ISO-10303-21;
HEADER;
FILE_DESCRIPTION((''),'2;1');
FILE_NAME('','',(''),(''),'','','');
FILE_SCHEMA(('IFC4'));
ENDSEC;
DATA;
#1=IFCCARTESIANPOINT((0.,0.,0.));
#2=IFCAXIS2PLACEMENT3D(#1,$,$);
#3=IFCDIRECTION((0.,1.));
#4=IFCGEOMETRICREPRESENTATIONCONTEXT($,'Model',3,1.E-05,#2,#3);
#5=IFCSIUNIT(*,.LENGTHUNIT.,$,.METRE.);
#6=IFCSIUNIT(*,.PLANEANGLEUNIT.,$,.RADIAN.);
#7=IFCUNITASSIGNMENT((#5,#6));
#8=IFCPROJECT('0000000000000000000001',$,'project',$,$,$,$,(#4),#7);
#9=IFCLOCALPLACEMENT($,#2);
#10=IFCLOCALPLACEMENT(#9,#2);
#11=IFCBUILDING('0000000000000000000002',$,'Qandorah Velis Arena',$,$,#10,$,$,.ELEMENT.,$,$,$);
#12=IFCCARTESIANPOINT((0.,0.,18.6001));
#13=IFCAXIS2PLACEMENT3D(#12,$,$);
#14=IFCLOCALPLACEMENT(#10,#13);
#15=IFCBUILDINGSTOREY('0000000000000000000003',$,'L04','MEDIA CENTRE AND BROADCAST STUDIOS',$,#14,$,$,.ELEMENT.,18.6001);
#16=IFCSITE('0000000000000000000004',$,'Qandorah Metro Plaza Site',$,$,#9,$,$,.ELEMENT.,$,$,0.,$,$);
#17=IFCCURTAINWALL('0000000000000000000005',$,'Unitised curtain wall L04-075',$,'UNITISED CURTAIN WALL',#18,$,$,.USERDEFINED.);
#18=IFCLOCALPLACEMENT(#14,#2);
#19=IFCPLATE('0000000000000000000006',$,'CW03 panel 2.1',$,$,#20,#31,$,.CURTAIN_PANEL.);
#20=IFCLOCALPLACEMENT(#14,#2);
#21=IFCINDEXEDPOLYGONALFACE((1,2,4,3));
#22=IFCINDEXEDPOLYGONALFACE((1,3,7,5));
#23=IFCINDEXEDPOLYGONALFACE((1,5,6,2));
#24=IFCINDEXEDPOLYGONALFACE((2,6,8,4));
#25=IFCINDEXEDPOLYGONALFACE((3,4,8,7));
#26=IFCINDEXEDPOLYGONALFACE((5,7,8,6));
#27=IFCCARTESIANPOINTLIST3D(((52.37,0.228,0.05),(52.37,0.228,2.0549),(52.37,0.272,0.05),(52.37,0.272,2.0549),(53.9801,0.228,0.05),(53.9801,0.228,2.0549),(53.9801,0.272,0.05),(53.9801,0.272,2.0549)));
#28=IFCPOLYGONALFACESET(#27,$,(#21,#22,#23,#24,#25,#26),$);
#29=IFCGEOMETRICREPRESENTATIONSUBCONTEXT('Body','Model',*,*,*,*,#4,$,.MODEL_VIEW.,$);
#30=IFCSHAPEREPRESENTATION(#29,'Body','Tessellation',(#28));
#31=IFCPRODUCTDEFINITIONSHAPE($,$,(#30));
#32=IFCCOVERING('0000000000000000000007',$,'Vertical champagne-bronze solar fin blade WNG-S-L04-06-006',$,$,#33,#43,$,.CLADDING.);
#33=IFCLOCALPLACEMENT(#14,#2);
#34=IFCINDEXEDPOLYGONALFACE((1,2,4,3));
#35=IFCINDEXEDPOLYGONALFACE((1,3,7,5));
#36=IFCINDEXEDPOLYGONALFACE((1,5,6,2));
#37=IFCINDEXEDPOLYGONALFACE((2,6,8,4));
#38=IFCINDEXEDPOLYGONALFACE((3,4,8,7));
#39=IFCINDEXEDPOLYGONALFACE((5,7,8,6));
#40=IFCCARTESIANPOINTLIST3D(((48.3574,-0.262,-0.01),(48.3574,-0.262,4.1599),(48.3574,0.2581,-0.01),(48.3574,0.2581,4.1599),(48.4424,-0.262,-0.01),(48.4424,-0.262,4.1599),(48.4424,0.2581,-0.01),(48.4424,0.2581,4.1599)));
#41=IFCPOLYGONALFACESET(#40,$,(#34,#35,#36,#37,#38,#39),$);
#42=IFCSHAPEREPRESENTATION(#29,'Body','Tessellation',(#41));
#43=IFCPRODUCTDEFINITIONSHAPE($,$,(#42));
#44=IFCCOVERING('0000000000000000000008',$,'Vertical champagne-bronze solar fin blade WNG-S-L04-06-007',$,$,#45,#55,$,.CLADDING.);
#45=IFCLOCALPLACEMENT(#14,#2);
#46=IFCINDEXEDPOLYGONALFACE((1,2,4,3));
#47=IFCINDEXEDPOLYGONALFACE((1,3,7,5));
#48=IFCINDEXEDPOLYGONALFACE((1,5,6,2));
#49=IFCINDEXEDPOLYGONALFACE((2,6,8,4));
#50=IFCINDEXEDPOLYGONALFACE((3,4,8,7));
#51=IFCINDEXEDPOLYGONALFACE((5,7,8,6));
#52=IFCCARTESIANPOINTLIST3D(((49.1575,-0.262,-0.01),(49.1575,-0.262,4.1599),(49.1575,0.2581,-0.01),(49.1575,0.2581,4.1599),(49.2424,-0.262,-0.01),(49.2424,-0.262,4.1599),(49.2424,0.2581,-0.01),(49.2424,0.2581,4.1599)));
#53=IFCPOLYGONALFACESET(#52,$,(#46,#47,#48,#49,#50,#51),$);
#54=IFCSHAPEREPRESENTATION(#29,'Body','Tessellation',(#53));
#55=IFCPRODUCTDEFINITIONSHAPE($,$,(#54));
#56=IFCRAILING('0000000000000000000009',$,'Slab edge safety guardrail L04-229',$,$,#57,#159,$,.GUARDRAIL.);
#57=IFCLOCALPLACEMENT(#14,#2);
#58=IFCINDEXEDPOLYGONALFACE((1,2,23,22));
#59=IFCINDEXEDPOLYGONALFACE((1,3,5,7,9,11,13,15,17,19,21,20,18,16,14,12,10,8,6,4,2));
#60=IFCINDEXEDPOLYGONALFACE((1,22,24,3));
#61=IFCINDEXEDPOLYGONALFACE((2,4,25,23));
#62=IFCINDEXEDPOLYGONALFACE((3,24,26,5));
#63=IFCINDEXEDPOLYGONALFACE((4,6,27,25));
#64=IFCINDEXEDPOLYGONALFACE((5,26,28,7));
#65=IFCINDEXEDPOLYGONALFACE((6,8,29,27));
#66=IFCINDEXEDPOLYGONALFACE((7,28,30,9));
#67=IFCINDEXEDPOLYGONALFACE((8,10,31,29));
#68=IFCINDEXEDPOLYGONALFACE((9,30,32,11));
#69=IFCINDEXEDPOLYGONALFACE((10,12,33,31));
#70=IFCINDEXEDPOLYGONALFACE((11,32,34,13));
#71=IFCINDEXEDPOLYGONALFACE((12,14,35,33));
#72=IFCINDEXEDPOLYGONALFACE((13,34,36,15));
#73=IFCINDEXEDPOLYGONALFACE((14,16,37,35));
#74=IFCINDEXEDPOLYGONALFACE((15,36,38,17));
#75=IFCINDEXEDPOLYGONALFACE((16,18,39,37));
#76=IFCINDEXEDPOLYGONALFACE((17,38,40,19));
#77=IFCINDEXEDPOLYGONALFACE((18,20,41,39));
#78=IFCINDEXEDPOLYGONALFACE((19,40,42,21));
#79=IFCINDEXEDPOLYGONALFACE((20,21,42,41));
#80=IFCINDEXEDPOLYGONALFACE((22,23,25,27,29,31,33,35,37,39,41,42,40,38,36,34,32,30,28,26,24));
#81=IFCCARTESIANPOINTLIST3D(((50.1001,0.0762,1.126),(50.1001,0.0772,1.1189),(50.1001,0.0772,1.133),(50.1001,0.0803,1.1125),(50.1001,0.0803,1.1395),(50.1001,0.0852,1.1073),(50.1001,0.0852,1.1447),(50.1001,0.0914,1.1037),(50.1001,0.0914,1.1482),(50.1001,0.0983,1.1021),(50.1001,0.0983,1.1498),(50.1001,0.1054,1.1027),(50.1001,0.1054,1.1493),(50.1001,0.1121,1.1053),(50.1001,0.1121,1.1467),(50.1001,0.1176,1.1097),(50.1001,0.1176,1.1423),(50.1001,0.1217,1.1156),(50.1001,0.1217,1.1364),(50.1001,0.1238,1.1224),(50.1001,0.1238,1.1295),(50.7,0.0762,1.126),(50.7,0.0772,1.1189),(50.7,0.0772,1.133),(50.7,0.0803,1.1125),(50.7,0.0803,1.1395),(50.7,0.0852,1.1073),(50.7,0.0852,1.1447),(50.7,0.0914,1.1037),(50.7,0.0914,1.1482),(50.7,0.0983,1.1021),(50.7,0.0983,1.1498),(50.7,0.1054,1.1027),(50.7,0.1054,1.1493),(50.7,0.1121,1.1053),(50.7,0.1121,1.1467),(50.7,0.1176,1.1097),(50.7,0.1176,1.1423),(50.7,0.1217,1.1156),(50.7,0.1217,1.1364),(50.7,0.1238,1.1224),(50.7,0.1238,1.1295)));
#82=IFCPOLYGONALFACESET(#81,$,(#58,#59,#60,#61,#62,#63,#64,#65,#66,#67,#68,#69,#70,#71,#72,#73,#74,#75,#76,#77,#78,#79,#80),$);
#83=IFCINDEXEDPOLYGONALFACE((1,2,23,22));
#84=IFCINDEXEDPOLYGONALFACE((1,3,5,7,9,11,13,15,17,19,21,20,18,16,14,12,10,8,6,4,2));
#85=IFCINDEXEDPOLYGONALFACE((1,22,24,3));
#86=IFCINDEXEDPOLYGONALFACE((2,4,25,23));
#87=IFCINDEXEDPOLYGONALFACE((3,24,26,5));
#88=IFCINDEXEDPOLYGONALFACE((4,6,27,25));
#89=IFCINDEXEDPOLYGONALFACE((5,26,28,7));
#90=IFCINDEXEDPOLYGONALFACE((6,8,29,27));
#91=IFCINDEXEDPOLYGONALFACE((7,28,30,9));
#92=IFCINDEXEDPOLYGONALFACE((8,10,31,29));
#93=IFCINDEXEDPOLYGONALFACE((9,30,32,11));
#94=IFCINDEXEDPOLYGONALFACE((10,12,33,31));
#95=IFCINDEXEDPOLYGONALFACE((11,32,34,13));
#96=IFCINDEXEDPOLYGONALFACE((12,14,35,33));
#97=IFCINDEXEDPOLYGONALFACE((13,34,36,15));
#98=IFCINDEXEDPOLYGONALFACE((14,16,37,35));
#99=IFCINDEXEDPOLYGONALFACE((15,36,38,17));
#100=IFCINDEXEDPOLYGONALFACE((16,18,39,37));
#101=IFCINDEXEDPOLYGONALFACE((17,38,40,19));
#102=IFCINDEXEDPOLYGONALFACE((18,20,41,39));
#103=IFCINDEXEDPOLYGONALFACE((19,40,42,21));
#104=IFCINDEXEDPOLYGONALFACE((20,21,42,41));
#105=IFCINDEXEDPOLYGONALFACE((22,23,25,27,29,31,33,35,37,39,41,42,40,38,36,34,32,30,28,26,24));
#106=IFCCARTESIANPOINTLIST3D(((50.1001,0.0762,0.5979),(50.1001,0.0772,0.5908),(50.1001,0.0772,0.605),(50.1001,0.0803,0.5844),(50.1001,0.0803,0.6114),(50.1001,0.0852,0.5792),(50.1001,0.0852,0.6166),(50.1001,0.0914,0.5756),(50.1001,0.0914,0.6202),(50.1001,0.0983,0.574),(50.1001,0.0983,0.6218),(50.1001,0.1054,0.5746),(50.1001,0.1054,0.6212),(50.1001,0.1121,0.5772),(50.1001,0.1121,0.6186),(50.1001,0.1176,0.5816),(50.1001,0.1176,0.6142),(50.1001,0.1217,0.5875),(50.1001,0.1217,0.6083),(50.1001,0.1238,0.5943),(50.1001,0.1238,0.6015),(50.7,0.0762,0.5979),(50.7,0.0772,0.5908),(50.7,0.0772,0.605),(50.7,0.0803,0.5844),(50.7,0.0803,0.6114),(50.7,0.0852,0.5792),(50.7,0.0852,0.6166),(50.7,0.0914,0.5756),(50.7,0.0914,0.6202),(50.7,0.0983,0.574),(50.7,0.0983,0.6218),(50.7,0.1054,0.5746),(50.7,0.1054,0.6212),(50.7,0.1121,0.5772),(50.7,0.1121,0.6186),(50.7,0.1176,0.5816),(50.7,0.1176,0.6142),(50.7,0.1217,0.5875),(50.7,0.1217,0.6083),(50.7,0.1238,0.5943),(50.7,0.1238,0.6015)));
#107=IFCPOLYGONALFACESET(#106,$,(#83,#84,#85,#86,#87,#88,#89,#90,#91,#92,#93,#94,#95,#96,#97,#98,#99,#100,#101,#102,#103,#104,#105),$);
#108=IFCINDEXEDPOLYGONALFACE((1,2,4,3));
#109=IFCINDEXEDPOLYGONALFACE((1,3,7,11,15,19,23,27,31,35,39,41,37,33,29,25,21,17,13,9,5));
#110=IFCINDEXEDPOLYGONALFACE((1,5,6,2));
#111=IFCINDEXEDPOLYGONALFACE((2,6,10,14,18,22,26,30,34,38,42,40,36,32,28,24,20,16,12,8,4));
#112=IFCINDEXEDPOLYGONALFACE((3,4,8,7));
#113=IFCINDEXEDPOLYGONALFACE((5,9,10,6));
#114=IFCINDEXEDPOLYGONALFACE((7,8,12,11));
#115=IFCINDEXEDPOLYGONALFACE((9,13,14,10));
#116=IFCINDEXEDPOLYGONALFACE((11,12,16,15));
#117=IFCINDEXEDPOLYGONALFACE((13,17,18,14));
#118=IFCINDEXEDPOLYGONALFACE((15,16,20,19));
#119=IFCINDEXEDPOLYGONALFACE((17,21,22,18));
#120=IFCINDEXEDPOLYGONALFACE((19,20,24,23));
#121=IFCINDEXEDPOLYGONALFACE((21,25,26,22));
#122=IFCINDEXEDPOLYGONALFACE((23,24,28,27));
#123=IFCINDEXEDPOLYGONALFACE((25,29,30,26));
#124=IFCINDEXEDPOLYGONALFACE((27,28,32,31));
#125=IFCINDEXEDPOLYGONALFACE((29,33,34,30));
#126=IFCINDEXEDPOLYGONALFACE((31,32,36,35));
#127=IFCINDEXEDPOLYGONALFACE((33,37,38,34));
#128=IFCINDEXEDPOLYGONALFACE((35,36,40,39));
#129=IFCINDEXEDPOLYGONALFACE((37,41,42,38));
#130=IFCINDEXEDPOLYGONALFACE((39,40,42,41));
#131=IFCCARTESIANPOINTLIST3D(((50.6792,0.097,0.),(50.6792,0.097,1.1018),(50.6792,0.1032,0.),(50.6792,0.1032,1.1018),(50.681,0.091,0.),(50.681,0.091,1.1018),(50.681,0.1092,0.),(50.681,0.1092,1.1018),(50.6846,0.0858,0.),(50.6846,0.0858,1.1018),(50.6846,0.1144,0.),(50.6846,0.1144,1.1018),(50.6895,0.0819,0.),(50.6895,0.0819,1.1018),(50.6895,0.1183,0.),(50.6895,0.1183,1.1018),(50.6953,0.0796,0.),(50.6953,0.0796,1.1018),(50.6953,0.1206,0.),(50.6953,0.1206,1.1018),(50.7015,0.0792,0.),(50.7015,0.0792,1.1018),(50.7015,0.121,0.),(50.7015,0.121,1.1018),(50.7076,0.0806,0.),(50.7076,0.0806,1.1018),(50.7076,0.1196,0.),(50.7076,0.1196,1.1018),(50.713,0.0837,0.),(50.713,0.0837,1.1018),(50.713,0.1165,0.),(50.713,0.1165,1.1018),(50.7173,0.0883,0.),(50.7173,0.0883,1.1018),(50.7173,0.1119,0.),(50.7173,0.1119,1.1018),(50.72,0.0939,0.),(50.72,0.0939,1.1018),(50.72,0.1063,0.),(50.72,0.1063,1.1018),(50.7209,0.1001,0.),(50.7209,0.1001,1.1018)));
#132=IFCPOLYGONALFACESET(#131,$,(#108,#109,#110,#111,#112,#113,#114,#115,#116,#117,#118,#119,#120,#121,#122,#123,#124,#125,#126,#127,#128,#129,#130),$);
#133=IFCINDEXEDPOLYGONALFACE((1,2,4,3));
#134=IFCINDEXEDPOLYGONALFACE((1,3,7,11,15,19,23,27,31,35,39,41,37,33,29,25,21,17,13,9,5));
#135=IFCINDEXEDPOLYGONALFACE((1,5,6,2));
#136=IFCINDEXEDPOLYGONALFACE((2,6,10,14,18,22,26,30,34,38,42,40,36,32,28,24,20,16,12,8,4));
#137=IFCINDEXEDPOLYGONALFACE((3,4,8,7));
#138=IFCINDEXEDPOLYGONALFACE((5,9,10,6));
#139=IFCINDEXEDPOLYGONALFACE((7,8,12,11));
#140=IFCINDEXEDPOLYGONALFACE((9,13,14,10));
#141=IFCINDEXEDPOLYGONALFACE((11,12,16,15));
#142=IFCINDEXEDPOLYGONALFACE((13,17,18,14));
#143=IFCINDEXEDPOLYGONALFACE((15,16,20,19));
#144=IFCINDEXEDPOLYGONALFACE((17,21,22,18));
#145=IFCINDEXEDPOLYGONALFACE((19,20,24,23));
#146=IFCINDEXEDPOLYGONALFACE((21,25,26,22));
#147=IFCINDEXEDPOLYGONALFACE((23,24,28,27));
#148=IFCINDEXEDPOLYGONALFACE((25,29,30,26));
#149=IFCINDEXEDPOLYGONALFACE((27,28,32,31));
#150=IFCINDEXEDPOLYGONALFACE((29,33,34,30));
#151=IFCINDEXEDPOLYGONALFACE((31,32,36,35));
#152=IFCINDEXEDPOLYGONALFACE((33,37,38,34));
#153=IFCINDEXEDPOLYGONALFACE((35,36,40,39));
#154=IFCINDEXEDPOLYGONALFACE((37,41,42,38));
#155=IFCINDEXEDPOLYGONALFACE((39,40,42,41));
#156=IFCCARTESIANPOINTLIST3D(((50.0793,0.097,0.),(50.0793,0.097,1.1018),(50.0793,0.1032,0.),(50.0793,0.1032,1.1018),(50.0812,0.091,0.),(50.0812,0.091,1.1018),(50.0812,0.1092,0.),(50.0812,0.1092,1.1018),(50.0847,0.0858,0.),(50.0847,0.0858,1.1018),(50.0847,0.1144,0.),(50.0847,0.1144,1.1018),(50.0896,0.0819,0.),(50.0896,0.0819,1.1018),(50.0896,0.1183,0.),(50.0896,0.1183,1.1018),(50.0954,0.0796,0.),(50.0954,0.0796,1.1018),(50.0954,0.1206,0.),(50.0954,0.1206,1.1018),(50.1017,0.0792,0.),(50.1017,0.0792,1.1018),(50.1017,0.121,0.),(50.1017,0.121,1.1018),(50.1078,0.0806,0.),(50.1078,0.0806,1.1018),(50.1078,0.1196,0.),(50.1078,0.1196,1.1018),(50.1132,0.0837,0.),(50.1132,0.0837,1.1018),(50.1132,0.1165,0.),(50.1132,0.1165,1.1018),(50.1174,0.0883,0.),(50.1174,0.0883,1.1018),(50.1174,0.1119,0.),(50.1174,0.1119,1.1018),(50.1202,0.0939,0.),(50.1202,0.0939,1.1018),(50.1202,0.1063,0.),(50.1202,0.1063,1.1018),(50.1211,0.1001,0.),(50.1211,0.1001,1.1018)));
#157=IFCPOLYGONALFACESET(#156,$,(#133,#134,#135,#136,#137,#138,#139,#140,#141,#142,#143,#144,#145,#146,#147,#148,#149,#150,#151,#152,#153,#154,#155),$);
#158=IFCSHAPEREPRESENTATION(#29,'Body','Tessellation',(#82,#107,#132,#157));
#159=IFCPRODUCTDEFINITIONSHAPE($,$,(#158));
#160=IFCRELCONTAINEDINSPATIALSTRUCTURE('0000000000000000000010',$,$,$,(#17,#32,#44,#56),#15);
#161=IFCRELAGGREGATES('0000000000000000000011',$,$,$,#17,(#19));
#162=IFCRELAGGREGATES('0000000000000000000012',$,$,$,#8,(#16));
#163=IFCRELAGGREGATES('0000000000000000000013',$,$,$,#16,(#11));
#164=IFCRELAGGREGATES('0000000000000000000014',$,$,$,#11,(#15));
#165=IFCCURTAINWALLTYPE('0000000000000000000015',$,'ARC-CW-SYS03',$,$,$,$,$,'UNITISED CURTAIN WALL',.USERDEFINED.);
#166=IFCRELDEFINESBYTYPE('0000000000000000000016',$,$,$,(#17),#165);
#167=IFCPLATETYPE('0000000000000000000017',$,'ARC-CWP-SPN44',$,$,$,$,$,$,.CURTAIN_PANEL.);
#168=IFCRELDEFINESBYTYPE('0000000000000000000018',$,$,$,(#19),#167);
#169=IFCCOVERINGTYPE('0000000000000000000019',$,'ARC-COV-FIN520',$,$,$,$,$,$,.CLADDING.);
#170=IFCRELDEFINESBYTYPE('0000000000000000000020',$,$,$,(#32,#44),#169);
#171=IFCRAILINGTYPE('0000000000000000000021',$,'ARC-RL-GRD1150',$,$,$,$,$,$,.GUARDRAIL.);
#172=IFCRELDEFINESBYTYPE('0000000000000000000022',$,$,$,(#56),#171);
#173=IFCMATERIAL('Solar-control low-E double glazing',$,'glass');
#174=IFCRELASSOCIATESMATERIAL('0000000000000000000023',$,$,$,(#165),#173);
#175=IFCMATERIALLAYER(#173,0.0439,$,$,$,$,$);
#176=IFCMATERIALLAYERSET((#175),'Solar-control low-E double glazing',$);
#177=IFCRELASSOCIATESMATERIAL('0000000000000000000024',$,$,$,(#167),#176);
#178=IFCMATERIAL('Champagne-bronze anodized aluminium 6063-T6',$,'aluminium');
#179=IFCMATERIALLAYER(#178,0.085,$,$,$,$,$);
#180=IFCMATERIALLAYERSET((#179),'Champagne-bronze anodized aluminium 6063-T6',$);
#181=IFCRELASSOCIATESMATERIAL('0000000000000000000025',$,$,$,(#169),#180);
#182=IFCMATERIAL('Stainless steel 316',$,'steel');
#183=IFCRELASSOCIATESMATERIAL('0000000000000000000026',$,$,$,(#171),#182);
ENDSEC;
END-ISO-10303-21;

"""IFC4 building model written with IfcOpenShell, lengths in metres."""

from ifc_helpers import new_model, si_unit, direction, frame, origin, origin_2d, place, context, subcontext, project, spatial, rectangle, circle, extrude, material, layer, layer_set, type_object, element, aggregate, save


model = new_model("IFC4")

# Units and contexts
model_context = context("Model", 3, precision=1e-05, world=origin(), true_north=direction((0.0, 1.0)))
body_context = subcontext(model_context, "Body", "Model", "MODEL_VIEW")
ifc_project = project(units=[si_unit("LENGTHUNIT", "METRE"), si_unit("PLANEANGLEUNIT", "RADIAN")], contexts=[model_context])

# Site, building, storey
site_placement = place(None, origin())
site = spatial("IfcSite", under=ifc_project, at=site_placement, Name="Qandorah Metro Plaza Site", CompositionType="ELEMENT", RefElevation=0.0)
building_placement = place(site_placement, origin())
building = spatial("IfcBuilding", under=site, at=building_placement, Name="Qandorah Velis Arena", CompositionType="ELEMENT")
storey_placement = place(building_placement, frame((0.0, 0.0, 18.6001)))
storey = spatial("IfcBuildingStorey", under=building, at=storey_placement, Name="L04", Description="MEDIA CENTRE AND BROADCAST STUDIOS", CompositionType="ELEMENT", Elevation=18.6001)

# Curtain wall
ifc_material_1 = material(Name="Solar-control low-E double glazing", Category="glass")
curtain_wall_type_1 = type_object("IfcCurtainWallType", Name="ARC-CW-SYS03", ElementType="UNITISED CURTAIN WALL", PredefinedType="USERDEFINED", material=ifc_material_1)
curtain_wall_1_placement = place(storey_placement, origin())
curtain_wall_1 = element("IfcCurtainWall", 1, at=curtain_wall_1_placement, inside=storey, type_object=curtain_wall_type_1, Name="Unitised curtain wall L04-075", ObjectType="UNITISED CURTAIN WALL", PredefinedType="USERDEFINED")
ifc_material_2 = material(Name="Champagne-bronze anodized aluminium 6063-T6", Category="aluminium")

# Plate
ifc_layer_1 = layer(ifc_material_1, 0.0439)
ifc_layer_set_1 = layer_set([ifc_layer_1], Name="Solar-control low-E double glazing")
plate_type_1 = type_object("IfcPlateType", Name="ARC-CWP-SPN44", PredefinedType="CURTAIN_PANEL", material=ifc_layer_set_1)
plate_1_placement = place(storey_placement, frame((53.175, 0.25, 0.05), z_axis=(0.0, 0.0, 1.0), x_axis=(1.0, 0.0, 0.0)))
plate_1 = element("IfcPlate", 2, at=plate_1_placement, type_object=plate_type_1, Name="CW03 panel 2.1", PredefinedType="CURTAIN_PANEL", context=body_context, shape_type="SweptSolid", body=[
    extrude(rectangle(XDim=1.6101, YDim=0.0439, at=origin_2d()), origin(), (0.0, 0.0, 1.0), 2.0049),
])
aggregate(curtain_wall_1, [plate_1])

# Coverings
ifc_layer_2 = layer(ifc_material_2, 0.085)
ifc_layer_set_2 = layer_set([ifc_layer_2], Name="Champagne-bronze anodized aluminium 6063-T6")
covering_type = type_object("IfcCoveringType", Name="ARC-COV-FIN520", PredefinedType="CLADDING", material=ifc_layer_set_2)
for number, where, z_axis, x_axis, name in (
    (3, (48.3999, -0.002, -0.01), (0.0, 0.0, 1.0), (1.0, 0.0, 0.0), "Vertical champagne-bronze solar fin blade WNG-S-L04-06-006"),
    (4, (49.2, -0.002, -0.01), (0.0, 0.0, 1.0), (1.0, 0.0, 0.0), "Vertical champagne-bronze solar fin blade WNG-S-L04-06-007"),
):
    element("IfcCovering", number, at=place(storey_placement, frame(where, z_axis=z_axis, x_axis=x_axis)), inside=storey, type_object=covering_type, Name=name, PredefinedType="CLADDING", context=body_context, shape_type="SweptSolid", body=[
        extrude(rectangle(XDim=0.085, YDim=0.52, at=origin_2d()), origin(), (0.0, 0.0, 1.0), 4.1699),
    ])

# Railing
ifc_material_3 = material(Name="Stainless steel 316", Category="steel")
railing_type = type_object("IfcRailingType", Name="ARC-RL-GRD1150", PredefinedType="GUARDRAIL", material=ifc_material_3)
railing_placement = place(storey_placement, frame((50.7, 0.1001, 0.0)))
element("IfcRailing", 5, at=railing_placement, inside=storey, type_object=railing_type, Name="Slab edge safety guardrail L04-229", PredefinedType="GUARDRAIL", context=body_context, shape_type="SweptSolid", body=[
    extrude(circle(Radius=0.0239, at=origin_2d()), frame((0.0, 0.0, 1.126), z_axis=(-1.0, 0.0, 0.0), x_axis=(0.0, -1.0, 0.0)), (0.0, 0.0, 1.0), 0.5999),
    extrude(circle(Radius=0.0239, at=origin_2d()), frame((0.0, 0.0, 0.5979), z_axis=(-1.0, 0.0, 0.0), x_axis=(0.0, -1.0, 0.0)), (0.0, 0.0, 1.0), 0.5999),
    extrude(circle(Radius=0.021, at=origin_2d()), origin(), (0.0, 0.0, 1.0), 1.1018),
    extrude(circle(Radius=0.021, at=origin_2d()), frame((-0.5999, 0.0, 0.0)), (0.0, 0.0, 1.0), 1.1018),
])

save(model, "model.ifc")
